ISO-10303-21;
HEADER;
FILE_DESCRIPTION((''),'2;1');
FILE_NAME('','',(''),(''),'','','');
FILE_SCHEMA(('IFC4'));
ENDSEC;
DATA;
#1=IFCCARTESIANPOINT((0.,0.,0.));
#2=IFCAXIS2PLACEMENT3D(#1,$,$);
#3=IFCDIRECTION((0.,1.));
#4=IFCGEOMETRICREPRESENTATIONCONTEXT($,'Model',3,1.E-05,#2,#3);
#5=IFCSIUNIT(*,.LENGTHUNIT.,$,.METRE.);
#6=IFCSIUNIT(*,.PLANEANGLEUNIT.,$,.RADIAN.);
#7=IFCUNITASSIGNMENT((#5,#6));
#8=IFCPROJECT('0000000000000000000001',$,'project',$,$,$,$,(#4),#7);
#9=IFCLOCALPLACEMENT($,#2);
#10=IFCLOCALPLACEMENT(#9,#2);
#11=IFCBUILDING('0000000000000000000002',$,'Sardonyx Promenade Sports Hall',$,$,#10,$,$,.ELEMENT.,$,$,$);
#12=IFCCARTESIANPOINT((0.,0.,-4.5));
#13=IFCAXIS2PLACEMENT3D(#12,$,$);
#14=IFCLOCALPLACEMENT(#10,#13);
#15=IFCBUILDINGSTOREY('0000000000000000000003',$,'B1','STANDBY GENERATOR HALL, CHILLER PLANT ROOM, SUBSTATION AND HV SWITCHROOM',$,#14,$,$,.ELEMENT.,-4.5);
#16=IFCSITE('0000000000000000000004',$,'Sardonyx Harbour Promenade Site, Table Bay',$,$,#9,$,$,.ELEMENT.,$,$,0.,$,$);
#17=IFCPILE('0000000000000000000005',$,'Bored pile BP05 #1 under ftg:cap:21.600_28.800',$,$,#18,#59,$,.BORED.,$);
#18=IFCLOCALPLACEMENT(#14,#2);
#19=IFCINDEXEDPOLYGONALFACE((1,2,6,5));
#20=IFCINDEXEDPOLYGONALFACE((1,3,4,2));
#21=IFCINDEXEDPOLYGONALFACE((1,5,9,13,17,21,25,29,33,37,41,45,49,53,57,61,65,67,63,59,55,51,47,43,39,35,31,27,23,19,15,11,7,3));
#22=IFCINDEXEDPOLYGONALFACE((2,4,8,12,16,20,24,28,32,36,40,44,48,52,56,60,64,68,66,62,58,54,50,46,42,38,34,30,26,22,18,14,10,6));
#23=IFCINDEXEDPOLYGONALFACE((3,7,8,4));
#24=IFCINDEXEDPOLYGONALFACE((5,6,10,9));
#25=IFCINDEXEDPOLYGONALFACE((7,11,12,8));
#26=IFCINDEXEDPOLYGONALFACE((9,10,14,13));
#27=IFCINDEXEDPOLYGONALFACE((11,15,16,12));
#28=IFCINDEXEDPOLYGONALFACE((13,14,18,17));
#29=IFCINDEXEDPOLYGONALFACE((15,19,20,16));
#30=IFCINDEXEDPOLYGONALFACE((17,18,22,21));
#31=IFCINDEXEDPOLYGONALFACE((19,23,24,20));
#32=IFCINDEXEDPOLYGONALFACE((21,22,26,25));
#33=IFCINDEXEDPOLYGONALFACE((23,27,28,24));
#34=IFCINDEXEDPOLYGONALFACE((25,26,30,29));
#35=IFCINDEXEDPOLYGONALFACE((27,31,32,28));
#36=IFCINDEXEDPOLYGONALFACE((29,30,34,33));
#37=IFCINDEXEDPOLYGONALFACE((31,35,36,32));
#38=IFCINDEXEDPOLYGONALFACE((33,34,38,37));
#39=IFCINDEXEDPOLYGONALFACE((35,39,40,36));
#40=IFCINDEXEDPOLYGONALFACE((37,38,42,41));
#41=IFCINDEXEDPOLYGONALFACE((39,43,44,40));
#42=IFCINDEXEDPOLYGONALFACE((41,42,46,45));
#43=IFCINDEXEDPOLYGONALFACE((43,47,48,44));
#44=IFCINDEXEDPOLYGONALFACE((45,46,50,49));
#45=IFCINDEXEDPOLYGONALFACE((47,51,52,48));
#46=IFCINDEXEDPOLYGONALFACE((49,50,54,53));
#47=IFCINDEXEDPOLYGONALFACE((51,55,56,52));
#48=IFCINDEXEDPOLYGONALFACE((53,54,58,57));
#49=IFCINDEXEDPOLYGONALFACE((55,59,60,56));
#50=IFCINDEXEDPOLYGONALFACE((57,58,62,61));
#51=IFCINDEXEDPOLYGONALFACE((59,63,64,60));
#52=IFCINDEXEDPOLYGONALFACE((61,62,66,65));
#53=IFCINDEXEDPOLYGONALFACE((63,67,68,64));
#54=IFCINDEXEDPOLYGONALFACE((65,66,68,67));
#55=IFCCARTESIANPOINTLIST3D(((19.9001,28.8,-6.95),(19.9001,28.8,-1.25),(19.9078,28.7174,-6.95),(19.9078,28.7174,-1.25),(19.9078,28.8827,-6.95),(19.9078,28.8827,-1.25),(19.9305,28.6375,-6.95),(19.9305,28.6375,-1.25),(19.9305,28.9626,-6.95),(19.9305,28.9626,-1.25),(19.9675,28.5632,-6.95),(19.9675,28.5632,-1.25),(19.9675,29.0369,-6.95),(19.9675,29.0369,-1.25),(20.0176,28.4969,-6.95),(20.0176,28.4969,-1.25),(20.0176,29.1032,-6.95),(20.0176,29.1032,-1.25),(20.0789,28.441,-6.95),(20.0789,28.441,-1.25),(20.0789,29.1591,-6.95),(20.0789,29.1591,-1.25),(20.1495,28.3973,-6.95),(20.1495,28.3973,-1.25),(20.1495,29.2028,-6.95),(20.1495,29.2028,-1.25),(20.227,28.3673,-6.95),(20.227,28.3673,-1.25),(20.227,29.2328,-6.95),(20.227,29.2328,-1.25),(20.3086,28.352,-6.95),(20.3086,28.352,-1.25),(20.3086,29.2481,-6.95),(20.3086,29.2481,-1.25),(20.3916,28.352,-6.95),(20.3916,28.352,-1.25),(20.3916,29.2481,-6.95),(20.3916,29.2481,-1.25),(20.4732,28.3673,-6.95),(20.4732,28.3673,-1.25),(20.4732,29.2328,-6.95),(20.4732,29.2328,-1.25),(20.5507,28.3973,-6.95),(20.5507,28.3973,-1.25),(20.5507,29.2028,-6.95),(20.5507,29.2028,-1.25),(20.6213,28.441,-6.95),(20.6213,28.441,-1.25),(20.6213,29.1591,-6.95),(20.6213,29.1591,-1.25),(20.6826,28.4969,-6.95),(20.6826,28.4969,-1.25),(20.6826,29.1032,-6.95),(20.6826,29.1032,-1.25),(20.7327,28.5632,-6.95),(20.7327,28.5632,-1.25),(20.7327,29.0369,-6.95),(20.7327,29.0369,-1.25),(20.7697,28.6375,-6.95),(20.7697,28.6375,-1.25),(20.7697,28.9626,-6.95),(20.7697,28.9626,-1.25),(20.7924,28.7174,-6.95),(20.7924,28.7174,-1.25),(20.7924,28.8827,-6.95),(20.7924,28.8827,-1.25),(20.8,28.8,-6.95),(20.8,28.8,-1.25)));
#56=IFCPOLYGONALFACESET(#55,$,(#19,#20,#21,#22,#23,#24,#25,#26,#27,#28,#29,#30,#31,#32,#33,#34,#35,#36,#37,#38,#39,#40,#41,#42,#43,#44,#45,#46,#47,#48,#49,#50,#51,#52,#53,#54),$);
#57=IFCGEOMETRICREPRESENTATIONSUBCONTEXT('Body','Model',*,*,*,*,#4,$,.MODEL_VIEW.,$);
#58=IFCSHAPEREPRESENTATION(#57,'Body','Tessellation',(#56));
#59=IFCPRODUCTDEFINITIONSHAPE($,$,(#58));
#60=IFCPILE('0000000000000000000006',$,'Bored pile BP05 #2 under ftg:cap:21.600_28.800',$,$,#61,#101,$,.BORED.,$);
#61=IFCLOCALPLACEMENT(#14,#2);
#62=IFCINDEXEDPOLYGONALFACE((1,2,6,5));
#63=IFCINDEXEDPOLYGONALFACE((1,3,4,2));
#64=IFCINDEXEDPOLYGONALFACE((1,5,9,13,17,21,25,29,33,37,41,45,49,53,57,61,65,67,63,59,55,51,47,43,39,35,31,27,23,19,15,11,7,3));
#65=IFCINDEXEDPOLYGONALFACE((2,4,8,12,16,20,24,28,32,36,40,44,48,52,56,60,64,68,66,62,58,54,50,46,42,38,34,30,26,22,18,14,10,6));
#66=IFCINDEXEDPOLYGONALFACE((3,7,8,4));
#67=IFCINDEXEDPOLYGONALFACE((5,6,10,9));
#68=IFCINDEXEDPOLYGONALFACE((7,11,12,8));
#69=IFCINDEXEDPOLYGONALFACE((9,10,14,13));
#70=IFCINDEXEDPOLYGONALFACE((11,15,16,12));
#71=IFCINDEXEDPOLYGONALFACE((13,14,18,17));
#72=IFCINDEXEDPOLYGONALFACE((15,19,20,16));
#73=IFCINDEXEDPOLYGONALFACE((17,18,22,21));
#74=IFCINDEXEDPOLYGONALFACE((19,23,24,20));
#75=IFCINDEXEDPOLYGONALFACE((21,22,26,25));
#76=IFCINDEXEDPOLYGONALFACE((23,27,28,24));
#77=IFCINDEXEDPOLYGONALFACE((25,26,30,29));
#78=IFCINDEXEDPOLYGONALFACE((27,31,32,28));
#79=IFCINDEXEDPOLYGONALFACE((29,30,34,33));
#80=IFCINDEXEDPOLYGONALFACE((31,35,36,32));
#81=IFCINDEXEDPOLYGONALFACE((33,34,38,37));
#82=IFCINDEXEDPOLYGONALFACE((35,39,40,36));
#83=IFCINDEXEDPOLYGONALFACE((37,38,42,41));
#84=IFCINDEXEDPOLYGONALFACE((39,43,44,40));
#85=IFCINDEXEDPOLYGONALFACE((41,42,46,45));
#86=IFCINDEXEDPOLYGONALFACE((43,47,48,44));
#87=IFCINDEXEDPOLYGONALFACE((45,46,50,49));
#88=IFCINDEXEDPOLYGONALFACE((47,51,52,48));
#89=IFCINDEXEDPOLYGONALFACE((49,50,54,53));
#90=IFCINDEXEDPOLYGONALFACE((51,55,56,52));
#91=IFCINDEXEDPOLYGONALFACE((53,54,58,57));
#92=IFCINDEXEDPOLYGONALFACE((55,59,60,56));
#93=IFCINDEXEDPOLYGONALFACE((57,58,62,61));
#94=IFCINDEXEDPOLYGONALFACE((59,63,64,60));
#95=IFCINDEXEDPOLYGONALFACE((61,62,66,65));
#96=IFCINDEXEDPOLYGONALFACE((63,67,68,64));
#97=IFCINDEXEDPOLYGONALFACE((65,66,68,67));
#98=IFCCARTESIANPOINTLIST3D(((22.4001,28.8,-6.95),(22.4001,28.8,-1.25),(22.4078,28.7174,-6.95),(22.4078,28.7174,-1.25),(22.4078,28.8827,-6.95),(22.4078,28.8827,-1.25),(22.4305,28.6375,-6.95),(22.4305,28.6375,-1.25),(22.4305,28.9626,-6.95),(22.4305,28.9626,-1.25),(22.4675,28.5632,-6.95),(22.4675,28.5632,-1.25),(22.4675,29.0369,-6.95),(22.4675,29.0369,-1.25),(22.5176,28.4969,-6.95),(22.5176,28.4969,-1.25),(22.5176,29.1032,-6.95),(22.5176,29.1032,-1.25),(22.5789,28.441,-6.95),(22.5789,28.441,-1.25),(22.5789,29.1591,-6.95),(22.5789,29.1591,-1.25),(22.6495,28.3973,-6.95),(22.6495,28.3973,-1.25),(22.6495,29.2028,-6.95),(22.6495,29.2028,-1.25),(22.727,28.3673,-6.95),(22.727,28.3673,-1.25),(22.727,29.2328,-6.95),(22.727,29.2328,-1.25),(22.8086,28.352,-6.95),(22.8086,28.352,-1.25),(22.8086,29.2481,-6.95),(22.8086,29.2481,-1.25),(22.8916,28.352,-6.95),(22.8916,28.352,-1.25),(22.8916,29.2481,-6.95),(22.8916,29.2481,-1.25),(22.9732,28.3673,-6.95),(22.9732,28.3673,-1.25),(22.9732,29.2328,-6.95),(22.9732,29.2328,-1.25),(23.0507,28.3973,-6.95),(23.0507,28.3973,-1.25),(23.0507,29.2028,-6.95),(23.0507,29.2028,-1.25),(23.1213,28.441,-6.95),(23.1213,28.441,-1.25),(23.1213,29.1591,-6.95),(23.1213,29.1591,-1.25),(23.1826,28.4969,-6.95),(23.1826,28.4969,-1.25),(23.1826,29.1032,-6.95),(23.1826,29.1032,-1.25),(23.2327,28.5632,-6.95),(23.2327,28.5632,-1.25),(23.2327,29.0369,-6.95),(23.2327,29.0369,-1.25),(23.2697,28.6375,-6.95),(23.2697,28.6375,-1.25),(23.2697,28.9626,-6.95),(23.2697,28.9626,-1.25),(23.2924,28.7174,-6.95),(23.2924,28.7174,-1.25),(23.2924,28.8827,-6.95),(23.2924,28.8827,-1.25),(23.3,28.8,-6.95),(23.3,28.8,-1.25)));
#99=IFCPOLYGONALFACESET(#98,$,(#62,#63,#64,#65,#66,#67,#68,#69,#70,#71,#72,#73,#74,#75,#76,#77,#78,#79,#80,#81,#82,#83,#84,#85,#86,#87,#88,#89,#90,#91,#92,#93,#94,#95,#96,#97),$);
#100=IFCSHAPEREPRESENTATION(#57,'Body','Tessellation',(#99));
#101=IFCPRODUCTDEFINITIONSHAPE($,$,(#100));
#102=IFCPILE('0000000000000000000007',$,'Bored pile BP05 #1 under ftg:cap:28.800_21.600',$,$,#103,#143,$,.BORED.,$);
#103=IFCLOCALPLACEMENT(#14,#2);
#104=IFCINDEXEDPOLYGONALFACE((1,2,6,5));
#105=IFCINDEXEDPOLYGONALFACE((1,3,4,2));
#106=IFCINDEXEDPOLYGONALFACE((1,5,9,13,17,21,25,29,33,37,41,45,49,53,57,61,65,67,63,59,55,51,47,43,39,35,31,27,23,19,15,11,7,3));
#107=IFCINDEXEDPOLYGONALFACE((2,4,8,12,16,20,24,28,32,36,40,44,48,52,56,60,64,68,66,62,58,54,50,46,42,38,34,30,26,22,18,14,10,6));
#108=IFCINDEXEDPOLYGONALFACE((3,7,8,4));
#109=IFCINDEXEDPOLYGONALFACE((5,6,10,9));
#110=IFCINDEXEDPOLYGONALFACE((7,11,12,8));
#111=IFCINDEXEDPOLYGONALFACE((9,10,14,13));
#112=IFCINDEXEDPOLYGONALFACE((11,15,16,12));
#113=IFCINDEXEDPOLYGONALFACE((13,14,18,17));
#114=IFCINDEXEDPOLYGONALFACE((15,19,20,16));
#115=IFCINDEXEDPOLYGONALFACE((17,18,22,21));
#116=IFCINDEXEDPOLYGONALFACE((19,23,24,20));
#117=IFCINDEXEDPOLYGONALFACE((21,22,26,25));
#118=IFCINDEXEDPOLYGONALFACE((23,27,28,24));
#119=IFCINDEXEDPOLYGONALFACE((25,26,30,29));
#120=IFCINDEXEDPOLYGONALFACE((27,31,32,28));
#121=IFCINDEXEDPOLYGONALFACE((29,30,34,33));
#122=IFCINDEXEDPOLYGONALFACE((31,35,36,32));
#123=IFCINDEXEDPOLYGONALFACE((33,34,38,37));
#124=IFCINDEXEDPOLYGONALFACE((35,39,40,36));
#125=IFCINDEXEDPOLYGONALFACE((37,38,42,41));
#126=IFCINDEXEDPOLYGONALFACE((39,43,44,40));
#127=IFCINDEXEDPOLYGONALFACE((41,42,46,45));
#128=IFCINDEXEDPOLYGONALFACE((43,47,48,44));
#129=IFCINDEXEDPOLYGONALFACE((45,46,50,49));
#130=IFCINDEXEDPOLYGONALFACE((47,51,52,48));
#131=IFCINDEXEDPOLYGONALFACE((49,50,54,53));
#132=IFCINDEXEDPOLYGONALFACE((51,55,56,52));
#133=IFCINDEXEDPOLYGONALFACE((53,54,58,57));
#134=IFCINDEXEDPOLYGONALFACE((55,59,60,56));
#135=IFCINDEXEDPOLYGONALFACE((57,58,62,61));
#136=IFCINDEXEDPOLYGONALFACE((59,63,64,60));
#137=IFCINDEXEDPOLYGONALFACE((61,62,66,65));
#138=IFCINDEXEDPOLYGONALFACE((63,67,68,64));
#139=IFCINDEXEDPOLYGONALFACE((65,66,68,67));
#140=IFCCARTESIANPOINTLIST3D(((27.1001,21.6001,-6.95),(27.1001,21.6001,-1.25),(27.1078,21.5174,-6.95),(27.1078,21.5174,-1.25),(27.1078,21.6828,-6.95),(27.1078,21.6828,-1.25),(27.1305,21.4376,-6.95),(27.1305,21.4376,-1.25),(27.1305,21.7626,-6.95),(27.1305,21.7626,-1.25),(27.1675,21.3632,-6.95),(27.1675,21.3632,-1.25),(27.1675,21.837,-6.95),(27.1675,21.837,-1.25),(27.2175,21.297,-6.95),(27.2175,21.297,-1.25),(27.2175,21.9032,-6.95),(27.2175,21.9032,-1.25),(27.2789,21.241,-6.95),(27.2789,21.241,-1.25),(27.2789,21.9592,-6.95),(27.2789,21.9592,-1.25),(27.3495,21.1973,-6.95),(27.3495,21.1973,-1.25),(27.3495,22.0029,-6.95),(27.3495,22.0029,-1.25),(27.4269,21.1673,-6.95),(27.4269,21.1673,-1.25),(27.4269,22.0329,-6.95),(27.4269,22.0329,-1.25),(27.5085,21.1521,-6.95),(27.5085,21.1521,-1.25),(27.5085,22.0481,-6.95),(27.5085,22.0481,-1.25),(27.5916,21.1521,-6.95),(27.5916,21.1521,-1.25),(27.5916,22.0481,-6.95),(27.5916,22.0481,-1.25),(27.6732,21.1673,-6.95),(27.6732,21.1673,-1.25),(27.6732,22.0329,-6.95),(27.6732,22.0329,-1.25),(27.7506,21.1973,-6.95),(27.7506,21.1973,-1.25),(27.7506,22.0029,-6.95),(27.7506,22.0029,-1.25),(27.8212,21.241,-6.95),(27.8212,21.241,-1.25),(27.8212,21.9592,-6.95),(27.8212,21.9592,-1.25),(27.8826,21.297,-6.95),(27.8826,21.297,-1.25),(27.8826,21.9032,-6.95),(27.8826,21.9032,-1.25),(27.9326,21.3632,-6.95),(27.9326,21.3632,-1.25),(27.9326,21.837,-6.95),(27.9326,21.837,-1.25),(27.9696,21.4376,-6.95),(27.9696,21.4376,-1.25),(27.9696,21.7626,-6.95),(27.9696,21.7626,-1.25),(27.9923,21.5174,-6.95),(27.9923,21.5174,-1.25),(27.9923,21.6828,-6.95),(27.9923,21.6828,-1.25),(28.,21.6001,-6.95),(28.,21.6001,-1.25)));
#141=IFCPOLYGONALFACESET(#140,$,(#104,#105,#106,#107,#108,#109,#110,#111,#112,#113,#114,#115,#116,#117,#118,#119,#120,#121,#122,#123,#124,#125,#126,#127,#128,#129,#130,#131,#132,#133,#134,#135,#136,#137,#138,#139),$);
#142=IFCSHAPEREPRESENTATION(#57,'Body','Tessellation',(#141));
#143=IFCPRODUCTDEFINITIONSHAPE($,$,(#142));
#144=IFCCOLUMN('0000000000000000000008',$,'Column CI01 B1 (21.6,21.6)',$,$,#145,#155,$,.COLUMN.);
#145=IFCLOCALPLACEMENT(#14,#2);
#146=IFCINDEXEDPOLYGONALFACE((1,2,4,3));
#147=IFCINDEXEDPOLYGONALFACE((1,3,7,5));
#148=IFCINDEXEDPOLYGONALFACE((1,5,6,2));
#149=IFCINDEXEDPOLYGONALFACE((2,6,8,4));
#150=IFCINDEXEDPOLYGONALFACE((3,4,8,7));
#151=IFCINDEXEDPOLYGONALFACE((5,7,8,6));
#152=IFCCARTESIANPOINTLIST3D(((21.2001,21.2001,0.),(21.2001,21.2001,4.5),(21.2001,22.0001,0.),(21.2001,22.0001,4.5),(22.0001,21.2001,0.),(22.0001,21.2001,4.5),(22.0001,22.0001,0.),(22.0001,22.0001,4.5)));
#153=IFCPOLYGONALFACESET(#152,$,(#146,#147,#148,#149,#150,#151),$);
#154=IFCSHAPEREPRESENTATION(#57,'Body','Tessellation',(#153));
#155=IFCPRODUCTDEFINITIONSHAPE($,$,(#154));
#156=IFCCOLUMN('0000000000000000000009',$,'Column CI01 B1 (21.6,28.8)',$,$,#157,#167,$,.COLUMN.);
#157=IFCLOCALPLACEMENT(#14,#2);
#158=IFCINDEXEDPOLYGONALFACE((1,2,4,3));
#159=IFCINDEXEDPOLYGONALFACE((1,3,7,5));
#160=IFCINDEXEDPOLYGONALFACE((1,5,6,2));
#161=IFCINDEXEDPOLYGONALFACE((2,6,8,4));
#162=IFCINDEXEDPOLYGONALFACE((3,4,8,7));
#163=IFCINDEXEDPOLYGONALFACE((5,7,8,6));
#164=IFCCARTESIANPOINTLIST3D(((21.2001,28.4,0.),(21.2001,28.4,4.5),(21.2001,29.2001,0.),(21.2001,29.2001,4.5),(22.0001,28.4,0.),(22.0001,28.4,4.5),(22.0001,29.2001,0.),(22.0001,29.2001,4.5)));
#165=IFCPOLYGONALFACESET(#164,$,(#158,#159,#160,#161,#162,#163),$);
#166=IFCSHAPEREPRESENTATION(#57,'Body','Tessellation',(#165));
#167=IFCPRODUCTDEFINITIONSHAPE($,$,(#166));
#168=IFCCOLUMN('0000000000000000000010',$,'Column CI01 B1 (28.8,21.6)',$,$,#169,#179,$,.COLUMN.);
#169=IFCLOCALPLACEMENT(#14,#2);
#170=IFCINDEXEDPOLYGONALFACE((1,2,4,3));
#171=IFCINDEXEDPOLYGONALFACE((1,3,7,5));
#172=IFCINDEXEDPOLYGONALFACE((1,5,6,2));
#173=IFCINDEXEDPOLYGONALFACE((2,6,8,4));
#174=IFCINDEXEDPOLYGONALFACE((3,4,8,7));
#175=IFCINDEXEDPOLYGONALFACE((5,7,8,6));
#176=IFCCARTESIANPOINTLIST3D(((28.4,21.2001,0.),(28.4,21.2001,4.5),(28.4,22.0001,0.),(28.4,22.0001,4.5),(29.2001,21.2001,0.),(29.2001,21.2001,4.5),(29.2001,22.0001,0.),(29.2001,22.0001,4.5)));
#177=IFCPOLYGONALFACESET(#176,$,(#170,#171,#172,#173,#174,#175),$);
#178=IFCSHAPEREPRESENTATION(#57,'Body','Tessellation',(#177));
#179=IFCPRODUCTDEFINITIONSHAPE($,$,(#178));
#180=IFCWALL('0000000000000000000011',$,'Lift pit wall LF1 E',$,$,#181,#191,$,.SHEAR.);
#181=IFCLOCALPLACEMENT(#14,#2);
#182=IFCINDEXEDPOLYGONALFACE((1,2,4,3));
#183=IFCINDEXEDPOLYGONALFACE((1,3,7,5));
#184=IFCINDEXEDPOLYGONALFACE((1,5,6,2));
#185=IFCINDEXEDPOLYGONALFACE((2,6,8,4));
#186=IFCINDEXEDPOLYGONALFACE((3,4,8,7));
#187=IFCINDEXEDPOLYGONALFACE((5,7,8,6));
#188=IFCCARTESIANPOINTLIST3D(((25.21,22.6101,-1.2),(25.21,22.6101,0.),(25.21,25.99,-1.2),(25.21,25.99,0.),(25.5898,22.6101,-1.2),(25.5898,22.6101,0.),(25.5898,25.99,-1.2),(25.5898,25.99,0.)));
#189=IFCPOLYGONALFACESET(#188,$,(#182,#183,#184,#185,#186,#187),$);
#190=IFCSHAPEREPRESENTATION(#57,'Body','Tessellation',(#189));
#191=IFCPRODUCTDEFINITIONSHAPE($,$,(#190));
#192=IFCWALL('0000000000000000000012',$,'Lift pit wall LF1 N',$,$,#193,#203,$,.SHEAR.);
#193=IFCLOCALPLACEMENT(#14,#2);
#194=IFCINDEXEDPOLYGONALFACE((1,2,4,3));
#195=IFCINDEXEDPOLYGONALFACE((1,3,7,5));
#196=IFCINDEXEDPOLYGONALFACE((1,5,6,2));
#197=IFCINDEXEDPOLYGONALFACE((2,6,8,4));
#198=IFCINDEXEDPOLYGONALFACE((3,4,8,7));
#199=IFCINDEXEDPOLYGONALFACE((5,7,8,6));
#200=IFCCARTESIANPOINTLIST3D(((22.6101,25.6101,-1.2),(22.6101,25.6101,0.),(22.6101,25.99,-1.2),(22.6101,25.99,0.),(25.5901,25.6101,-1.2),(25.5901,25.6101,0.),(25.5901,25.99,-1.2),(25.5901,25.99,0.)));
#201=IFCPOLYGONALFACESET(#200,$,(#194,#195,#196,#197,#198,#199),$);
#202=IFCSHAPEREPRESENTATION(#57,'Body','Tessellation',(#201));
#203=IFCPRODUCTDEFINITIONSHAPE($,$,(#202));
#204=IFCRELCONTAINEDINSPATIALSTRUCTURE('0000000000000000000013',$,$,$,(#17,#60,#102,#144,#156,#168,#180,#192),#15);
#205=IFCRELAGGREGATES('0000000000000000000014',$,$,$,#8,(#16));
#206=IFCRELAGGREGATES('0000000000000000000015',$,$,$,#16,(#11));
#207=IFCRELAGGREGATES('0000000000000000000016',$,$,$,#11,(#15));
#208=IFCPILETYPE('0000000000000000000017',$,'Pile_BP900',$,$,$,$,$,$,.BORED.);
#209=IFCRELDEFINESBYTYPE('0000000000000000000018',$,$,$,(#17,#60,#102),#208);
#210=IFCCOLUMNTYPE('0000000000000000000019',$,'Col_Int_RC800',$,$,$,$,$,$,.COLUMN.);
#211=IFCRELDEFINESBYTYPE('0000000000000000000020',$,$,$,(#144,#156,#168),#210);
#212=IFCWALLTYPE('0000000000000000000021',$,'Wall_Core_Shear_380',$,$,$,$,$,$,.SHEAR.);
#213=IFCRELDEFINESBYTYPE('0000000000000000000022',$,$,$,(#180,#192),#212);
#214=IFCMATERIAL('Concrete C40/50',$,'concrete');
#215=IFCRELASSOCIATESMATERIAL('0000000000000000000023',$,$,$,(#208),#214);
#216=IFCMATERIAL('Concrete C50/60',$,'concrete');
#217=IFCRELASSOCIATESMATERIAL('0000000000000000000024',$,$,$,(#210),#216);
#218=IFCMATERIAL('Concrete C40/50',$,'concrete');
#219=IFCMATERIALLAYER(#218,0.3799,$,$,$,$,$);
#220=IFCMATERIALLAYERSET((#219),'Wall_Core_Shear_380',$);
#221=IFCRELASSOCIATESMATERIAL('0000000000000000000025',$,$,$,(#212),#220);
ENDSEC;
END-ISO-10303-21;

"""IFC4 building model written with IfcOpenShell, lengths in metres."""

from ifc_helpers import new_model, si_unit, direction, frame, frame_2d, origin, origin_2d, place, context, subcontext, project, spatial, rectangle, circle, extrude, material, layer, layer_set, material_profile, profile_set, type_object, element, save


model = new_model("IFC4")

# Units and contexts
model_context = context("Model", 3, precision=1e-05, world=origin(), true_north=direction((0.0, 1.0)))
body_context = subcontext(model_context, "Body", "Model", "MODEL_VIEW")
ifc_project = project(units=[si_unit("LENGTHUNIT", "METRE"), si_unit("PLANEANGLEUNIT", "RADIAN")], contexts=[model_context])

# Site, building, storey
site_placement = place(None, origin())
site = spatial("IfcSite", under=ifc_project, at=site_placement, Name="Sardonyx Harbour Promenade Site, Table Bay", CompositionType="ELEMENT", RefElevation=0.0)
building_placement = place(site_placement, origin())
building = spatial("IfcBuilding", under=site, at=building_placement, Name="Sardonyx Promenade Sports Hall", CompositionType="ELEMENT")
storey_placement = place(building_placement, frame((0.0, 0.0, -4.5)))
storey = spatial("IfcBuildingStorey", under=building, at=storey_placement, Name="B1", Description="STANDBY GENERATOR HALL, CHILLER PLANT ROOM, SUBSTATION AND HV SWITCHROOM", CompositionType="ELEMENT", Elevation=-4.5)

# Piles
ifc_material_1 = material(Name="Concrete C40/50", Category="concrete")
ifc_material_profile_1 = material_profile(ifc_material_1, circle(Radius=0.45, at=origin_2d()))
ifc_profile_set_1 = profile_set([ifc_material_profile_1], Name="Concrete C40/50")
pile_type_1 = type_object("IfcPileType", Name="Pile_BP900", PredefinedType="BORED", material=ifc_profile_set_1)
for number, where, z_axis, x_axis, name in (
    (1, (20.3501, 28.8, -1.25), (0.0, 0.0, -1.0), (1.0, 0.0, 0.0), "Bored pile BP05 #1 under ftg:cap:21.600_28.800"),
    (2, (22.8501, 28.8, -1.25), (0.0, 0.0, -1.0), (1.0, 0.0, 0.0), "Bored pile BP05 #2 under ftg:cap:21.600_28.800"),
    (3, (27.55, 21.6001, -1.25), (0.0, 0.0, -1.0), (1.0, 0.0, 0.0), "Bored pile BP05 #1 under ftg:cap:28.800_21.600"),
):
    element("IfcPile", number, at=place(storey_placement, frame(where, z_axis=z_axis, x_axis=x_axis)), inside=storey, type_object=pile_type_1, Name=name, PredefinedType="BORED", context=body_context, shape_type="SweptSolid", body=[
        extrude(circle(Radius=0.45, at=origin_2d()), origin(), (0.0, 0.0, 1.0), 5.7),
    ])

# Columns
ifc_material_2 = material(Name="Concrete C50/60", Category="concrete")
ifc_material_profile_2 = material_profile(ifc_material_2, rectangle(XDim=0.8, YDim=0.8, at=origin_2d()))
ifc_profile_set_2 = profile_set([ifc_material_profile_2], Name="Concrete C50/60")
column_type = type_object("IfcColumnType", Name="Col_Int_RC800", PredefinedType="COLUMN", material=ifc_profile_set_2)
for number, where, z_axis, x_axis, name in (
    (4, (21.6001, 21.6001, 0.0), (0.0, 0.0, 1.0), (1.0, 0.0, 0.0), "Column CI01 B1 (21.6,21.6)"),
    (5, (21.6001, 28.8, 0.0), (0.0, 0.0, 1.0), (1.0, 0.0, 0.0), "Column CI01 B1 (21.6,28.8)"),
    (6, (28.8, 21.6001, 0.0), (0.0, 0.0, 1.0), (1.0, 0.0, 0.0), "Column CI01 B1 (28.8,21.6)"),
):
    element("IfcColumn", number, at=place(storey_placement, frame(where, z_axis=z_axis, x_axis=x_axis)), inside=storey, type_object=column_type, Name=name, PredefinedType="COLUMN", context=body_context, shape_type="SweptSolid", body=[
        extrude(rectangle(XDim=0.8, YDim=0.8, at=origin_2d()), origin(), (0.0, 0.0, 1.0), 4.5),
    ])

# Walls
ifc_material_3 = material(Name="Concrete C40/50", Category="concrete")
ifc_layer_1 = layer(ifc_material_3, 0.3799)
ifc_layer_set_1 = layer_set([ifc_layer_1], Name="Wall_Core_Shear_380")
wall_type_1 = type_object("IfcWallType", Name="Wall_Core_Shear_380", PredefinedType="SHEAR", material=ifc_layer_set_1)
wall_1_placement = place(storey_placement, frame((25.3999, 22.6101, -1.2), z_axis=(0.0, 0.0, 1.0), x_axis=(0.0, 1.0, 0.0)))
element("IfcWall", 7, at=wall_1_placement, inside=storey, type_object=wall_type_1, Name="Lift pit wall LF1 E", PredefinedType="SHEAR", context=body_context, shape_type="SweptSolid", body=[
    extrude(rectangle(XDim=3.3799, YDim=0.3799, at=frame_2d((1.6899, 0.0))), origin(), (0.0, 0.0, 1.0), 1.2),
])
for number, where, z_axis, x_axis, name in (
    (8, (22.6101, 25.8, -1.2), (0.0, 0.0, 1.0), (1.0, 0.0, 0.0), "Lift pit wall LF1 N"),
):
    element("IfcWall", number, at=place(storey_placement, frame(where, z_axis=z_axis, x_axis=x_axis)), inside=storey, type_object=wall_type_1, Name=name, PredefinedType="SHEAR", context=body_context, shape_type="SweptSolid", body=[
        extrude(rectangle(XDim=2.98, YDim=0.3799, at=frame_2d((1.49, 0.0))), origin(), (0.0, 0.0, 1.0), 1.2),
    ])

save(model, "model.ifc")
